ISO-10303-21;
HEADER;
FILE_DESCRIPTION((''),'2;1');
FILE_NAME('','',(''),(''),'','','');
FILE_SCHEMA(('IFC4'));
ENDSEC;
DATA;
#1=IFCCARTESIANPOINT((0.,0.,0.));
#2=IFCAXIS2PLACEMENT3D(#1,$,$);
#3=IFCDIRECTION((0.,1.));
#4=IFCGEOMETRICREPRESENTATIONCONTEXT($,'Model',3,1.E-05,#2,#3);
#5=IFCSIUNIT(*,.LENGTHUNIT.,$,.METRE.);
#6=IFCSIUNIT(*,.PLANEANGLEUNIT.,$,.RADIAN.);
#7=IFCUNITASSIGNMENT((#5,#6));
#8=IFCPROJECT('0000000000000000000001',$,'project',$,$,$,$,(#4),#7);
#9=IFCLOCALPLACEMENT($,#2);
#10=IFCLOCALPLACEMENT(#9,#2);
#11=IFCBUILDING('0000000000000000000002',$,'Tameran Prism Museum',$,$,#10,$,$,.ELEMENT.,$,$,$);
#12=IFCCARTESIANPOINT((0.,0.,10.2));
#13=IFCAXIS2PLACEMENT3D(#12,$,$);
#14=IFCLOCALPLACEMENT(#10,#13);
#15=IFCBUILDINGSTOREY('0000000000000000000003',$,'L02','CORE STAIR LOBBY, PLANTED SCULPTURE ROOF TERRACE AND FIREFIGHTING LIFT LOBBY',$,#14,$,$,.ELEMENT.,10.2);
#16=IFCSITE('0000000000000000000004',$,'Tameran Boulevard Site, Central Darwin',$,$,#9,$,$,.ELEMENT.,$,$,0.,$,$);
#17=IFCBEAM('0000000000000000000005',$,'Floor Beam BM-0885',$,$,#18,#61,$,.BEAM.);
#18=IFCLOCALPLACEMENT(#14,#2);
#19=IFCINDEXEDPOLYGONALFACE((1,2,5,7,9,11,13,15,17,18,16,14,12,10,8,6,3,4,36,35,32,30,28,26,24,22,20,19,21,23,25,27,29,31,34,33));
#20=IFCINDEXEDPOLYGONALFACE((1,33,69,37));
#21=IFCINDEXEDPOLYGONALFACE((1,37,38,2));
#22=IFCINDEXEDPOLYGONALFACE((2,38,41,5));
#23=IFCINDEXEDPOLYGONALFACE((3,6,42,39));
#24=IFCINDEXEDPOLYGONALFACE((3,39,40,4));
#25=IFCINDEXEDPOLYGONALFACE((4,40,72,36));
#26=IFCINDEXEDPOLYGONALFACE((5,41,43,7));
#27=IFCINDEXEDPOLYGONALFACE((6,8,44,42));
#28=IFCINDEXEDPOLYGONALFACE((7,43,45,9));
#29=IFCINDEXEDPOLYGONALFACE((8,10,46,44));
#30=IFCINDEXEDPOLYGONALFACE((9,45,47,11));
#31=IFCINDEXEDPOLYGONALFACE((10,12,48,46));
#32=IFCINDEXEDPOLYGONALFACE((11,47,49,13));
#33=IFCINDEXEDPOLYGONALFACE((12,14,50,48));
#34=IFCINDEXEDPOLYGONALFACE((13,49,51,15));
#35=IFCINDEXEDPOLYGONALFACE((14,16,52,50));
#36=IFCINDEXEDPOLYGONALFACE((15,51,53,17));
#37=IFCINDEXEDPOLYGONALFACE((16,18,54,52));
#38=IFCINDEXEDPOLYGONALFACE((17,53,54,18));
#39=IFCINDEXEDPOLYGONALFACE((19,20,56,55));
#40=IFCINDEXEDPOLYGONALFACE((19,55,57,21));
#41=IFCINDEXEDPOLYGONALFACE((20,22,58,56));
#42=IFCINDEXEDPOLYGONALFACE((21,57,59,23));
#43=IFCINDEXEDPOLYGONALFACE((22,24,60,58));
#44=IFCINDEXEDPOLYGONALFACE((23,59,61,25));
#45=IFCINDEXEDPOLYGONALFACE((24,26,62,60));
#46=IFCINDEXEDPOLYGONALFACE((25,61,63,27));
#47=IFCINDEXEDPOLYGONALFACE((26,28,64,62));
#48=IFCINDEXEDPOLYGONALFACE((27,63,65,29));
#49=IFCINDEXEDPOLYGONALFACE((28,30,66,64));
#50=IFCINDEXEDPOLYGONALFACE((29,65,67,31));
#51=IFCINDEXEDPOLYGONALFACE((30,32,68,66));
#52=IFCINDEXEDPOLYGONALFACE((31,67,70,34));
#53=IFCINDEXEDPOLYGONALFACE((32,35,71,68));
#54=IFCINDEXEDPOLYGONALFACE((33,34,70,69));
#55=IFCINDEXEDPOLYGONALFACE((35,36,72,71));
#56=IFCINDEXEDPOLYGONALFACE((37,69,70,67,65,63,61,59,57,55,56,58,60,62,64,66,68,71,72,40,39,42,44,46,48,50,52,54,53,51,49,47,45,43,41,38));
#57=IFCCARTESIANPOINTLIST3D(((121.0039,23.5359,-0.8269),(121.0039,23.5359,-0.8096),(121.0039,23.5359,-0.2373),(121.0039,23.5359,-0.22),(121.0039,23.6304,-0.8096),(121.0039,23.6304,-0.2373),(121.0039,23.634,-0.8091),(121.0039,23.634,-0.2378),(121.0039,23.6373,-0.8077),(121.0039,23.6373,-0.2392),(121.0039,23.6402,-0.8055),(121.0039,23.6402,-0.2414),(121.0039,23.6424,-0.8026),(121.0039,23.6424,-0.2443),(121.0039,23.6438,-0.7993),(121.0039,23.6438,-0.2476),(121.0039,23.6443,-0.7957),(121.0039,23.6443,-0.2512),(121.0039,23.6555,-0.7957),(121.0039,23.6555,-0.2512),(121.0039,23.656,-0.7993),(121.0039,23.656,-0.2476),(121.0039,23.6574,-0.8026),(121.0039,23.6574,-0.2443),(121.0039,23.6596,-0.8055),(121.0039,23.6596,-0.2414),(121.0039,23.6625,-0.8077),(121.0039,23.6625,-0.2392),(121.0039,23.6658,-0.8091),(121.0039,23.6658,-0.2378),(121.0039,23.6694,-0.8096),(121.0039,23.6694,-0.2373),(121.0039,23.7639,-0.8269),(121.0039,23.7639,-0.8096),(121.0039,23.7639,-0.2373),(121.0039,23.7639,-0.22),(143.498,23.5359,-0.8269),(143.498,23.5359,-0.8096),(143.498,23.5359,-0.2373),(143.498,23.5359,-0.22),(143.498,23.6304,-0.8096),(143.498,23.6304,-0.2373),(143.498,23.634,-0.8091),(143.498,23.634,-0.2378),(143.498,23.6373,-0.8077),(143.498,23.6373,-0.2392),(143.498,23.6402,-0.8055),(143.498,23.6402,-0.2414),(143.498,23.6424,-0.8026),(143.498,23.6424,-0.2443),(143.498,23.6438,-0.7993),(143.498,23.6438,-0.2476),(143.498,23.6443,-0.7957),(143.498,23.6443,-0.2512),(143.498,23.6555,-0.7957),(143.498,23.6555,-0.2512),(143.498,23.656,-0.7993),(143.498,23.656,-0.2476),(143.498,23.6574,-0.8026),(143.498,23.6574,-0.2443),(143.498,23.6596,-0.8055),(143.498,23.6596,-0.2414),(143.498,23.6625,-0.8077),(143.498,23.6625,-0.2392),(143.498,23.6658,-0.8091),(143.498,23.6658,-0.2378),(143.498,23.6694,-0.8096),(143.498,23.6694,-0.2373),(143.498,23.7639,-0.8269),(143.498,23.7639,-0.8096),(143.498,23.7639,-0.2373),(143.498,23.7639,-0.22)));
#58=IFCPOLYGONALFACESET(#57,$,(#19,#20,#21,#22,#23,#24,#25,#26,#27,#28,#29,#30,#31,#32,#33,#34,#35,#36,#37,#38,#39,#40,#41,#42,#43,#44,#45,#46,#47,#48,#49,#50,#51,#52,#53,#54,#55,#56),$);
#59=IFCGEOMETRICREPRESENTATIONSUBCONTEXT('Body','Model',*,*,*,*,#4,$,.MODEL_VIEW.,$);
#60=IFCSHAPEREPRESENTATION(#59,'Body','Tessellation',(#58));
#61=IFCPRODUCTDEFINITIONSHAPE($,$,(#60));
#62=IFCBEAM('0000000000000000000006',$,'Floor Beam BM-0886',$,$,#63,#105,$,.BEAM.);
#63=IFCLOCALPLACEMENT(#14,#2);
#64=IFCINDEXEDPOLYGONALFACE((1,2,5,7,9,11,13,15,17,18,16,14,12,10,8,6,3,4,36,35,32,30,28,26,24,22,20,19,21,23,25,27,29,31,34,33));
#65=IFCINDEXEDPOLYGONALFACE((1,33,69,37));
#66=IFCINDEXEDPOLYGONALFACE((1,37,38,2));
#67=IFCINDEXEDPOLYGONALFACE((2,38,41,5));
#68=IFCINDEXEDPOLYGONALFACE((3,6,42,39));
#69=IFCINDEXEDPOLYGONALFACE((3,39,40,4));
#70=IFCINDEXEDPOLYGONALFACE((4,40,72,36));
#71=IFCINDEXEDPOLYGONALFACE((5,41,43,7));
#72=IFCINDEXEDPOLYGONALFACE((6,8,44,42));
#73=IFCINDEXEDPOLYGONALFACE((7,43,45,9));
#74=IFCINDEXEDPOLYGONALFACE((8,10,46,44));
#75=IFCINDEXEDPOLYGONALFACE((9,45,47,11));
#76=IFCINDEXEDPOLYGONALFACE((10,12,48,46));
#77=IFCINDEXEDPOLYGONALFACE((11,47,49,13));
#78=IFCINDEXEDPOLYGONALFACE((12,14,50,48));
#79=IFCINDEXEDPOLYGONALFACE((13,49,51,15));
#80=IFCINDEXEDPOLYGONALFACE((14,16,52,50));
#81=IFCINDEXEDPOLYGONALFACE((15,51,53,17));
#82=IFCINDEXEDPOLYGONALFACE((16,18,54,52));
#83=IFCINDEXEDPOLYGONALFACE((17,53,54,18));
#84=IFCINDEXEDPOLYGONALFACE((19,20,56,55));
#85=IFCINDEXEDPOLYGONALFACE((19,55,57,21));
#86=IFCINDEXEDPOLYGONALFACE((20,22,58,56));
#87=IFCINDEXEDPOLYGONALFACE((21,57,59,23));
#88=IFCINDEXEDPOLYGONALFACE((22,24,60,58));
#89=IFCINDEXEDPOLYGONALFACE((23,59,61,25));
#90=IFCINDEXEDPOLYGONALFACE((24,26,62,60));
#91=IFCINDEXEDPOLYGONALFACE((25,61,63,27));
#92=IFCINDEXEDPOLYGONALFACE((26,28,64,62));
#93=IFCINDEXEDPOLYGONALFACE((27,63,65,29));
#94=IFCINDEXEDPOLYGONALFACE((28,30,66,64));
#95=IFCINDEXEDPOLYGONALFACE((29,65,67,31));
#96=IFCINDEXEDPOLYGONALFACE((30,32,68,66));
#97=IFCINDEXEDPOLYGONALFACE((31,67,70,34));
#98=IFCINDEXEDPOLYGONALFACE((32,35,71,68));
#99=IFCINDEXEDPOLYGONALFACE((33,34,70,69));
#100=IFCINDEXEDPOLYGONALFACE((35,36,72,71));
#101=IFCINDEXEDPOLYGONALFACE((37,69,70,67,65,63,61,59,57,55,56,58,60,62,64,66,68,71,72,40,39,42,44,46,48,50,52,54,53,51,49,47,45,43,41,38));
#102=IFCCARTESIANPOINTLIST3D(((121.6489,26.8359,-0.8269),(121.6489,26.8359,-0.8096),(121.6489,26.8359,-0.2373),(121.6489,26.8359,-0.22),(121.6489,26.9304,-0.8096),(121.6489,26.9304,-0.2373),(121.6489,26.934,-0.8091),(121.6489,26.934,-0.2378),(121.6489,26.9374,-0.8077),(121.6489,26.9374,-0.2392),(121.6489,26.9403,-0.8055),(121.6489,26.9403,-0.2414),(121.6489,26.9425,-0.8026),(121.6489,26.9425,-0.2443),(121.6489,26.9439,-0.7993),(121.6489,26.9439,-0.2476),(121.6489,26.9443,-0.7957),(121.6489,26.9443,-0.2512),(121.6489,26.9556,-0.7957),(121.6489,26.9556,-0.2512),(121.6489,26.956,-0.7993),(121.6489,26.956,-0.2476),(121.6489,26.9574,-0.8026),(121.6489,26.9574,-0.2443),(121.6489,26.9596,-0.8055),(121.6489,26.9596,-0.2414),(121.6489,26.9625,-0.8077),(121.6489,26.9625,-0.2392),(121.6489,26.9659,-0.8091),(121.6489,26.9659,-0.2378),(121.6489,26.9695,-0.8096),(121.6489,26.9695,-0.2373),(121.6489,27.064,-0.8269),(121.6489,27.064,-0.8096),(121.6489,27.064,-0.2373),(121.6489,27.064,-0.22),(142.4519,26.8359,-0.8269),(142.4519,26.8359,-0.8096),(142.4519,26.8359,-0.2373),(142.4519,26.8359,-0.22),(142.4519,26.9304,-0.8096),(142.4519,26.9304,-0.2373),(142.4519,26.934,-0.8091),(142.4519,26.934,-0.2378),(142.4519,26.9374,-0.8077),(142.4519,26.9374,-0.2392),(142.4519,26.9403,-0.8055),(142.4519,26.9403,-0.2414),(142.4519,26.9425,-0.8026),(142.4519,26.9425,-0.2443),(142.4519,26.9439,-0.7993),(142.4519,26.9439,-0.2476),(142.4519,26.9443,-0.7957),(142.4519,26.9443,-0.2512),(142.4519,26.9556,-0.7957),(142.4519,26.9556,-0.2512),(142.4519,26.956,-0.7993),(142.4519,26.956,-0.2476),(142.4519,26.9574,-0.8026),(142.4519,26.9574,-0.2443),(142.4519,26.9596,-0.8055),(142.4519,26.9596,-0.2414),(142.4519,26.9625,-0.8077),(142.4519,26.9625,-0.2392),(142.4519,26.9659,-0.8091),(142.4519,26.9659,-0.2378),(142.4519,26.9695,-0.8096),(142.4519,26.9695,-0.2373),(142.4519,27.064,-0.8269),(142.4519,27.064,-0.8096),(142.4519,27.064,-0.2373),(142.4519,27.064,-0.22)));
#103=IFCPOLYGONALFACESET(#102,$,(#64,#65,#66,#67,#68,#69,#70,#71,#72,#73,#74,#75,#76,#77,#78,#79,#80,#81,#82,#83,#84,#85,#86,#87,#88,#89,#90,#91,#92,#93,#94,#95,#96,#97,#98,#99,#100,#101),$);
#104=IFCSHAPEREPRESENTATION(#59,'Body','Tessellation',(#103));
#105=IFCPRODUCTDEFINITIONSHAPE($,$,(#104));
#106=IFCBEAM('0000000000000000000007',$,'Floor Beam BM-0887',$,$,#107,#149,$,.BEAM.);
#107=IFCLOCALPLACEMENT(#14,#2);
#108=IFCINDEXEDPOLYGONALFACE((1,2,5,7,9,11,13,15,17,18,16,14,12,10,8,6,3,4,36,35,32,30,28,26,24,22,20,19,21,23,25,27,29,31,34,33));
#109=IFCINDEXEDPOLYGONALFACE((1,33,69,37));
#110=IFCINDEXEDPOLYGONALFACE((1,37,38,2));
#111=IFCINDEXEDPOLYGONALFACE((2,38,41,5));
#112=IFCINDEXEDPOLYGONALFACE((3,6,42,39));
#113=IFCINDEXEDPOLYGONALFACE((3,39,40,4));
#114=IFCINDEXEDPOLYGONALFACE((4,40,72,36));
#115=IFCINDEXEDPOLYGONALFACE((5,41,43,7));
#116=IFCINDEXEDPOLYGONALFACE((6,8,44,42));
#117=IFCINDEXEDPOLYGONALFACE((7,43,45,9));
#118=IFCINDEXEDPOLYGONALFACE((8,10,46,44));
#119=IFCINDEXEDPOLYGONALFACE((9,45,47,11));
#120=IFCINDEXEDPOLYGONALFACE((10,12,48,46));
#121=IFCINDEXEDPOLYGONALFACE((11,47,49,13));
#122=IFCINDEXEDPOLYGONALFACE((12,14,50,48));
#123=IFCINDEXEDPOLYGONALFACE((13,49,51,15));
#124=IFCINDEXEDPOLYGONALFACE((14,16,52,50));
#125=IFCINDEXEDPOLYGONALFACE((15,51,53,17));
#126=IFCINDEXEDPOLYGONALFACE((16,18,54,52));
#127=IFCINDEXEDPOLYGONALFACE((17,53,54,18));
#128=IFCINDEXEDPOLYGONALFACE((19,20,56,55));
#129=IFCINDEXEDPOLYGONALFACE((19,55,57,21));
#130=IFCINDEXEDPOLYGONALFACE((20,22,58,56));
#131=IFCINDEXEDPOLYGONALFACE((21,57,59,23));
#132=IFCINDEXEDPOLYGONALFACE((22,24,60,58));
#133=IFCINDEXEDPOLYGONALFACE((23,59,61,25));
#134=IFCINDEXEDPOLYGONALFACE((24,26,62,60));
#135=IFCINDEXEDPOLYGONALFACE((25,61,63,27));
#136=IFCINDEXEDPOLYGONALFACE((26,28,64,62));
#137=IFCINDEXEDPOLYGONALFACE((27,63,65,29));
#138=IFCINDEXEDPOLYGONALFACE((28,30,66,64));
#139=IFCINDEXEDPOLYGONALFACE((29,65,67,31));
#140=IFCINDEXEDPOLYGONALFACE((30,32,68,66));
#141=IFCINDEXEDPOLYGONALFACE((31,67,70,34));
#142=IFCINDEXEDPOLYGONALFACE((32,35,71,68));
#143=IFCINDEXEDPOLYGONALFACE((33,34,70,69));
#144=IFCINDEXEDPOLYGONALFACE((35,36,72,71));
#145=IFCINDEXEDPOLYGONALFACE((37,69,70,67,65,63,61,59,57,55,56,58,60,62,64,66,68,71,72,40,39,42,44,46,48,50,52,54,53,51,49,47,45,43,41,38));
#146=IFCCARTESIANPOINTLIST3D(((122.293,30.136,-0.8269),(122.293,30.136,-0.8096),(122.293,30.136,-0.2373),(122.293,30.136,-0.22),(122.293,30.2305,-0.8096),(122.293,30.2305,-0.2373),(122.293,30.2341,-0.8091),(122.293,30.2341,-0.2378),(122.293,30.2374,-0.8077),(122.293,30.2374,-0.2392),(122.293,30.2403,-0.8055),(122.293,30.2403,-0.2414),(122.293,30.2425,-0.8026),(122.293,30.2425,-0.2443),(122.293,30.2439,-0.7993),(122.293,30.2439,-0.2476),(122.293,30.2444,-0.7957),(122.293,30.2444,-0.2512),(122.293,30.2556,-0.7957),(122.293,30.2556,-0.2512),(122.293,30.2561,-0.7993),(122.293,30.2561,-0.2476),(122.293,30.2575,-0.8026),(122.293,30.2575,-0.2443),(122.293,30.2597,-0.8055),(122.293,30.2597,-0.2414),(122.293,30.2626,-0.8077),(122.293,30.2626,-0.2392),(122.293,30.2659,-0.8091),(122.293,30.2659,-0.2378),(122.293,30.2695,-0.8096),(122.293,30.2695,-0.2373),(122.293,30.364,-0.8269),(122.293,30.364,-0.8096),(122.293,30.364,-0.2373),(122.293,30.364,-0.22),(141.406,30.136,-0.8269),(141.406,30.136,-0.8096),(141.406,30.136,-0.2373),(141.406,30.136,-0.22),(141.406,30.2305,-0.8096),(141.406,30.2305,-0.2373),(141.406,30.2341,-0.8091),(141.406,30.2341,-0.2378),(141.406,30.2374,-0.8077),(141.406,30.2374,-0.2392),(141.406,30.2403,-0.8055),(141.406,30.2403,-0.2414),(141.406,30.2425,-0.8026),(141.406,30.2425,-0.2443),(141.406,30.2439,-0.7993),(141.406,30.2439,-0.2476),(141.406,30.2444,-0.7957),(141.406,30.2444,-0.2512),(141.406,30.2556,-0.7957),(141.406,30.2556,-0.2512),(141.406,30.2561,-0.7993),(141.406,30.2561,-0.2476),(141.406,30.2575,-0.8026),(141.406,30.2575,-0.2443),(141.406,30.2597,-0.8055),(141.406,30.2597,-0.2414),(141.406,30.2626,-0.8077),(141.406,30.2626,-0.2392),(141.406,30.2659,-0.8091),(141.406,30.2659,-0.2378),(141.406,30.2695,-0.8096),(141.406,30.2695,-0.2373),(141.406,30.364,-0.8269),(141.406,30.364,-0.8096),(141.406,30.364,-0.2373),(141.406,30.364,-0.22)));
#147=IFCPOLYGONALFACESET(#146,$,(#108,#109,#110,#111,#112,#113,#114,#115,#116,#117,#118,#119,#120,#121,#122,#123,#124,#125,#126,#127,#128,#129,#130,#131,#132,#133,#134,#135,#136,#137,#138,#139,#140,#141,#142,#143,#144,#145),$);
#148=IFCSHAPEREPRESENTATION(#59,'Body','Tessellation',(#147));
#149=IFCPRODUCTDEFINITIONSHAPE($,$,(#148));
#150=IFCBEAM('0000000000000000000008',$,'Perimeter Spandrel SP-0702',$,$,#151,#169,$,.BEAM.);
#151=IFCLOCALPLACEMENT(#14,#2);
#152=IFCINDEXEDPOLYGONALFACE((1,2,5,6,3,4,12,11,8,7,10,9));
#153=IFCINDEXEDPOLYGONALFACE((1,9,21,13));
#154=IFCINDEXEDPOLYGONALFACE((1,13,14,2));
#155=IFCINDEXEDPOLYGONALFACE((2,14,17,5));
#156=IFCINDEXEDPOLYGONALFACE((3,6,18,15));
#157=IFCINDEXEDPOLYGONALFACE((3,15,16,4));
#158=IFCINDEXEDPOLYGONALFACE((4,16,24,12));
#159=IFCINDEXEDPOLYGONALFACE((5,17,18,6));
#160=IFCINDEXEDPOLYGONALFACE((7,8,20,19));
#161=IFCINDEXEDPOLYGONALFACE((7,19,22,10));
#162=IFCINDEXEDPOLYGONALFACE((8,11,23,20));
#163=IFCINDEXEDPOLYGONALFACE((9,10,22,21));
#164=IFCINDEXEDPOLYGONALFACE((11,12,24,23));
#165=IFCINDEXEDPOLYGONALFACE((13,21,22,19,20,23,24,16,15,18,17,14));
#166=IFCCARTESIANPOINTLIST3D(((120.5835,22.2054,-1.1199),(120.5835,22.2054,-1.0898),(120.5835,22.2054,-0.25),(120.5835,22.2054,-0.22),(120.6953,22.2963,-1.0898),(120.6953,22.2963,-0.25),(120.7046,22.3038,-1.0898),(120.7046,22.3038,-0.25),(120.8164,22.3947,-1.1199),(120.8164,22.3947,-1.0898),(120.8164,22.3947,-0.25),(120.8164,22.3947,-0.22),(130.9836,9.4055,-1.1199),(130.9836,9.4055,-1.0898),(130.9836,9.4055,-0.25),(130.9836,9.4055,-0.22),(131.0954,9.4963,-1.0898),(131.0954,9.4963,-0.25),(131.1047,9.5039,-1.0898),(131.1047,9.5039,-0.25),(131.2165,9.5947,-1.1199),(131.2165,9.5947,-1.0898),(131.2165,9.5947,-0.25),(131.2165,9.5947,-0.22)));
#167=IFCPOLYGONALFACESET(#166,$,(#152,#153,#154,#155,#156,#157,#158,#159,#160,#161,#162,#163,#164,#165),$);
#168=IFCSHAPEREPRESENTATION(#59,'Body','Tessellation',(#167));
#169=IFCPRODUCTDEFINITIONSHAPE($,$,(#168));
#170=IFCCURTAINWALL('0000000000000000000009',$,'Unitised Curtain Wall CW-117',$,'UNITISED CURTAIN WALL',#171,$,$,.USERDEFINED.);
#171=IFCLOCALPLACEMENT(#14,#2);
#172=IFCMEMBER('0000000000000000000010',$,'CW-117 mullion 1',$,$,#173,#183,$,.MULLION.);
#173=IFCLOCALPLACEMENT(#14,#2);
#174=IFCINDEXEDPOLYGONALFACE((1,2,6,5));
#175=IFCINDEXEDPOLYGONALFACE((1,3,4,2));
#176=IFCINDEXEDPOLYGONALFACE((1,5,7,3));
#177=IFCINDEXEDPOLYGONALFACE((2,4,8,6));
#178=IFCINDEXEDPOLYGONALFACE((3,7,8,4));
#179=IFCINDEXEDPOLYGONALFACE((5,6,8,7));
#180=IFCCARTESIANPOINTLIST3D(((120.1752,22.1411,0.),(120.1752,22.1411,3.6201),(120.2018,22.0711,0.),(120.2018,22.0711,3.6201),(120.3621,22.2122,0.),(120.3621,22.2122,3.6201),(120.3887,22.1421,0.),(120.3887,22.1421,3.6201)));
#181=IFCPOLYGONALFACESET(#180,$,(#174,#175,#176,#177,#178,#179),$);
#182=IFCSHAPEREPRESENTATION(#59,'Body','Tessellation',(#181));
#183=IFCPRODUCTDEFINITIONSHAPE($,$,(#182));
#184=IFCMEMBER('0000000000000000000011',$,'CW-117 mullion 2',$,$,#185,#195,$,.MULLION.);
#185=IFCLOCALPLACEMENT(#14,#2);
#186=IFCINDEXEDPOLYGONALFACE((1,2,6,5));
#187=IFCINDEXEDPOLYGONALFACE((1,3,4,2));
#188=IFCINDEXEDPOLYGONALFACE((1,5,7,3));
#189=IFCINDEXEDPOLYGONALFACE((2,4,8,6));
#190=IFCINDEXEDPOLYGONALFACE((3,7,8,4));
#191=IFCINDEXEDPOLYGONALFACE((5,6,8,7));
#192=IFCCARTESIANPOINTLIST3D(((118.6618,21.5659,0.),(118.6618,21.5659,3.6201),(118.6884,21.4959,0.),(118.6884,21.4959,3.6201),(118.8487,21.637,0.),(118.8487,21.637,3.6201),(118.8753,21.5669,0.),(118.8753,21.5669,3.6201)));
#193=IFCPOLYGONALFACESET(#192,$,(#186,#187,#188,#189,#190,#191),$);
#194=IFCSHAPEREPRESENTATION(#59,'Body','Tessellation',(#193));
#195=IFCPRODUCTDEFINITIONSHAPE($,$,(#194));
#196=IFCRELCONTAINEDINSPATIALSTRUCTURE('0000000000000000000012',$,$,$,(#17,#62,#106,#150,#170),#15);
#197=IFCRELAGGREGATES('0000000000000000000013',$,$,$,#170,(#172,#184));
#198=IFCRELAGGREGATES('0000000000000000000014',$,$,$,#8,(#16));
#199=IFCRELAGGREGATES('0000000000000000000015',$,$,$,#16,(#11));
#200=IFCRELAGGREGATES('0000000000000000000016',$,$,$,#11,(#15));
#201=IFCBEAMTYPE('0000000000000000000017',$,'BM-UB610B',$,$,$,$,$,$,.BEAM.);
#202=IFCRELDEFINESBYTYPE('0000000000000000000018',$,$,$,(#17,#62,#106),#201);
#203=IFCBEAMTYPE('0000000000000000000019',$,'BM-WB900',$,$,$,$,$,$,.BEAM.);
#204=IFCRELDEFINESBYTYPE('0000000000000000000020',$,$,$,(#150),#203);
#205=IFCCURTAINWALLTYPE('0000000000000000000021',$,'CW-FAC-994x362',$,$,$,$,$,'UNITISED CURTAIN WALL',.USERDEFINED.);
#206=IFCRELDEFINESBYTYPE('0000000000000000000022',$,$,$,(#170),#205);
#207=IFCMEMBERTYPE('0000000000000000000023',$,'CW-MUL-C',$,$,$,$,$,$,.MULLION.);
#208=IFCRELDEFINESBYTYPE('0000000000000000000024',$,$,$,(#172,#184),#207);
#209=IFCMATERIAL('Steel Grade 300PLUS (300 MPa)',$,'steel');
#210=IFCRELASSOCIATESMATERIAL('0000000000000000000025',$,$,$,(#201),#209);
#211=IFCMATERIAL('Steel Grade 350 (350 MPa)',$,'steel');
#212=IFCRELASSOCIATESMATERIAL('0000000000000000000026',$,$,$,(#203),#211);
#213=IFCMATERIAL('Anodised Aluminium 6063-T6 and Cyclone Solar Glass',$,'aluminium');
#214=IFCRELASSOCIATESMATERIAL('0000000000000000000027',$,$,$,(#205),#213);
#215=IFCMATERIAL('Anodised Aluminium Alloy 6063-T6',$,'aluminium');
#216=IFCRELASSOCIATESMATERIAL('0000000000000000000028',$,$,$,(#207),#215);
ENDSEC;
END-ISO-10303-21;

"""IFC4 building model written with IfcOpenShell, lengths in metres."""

from ifc_helpers import new_model, si_unit, direction, frame, origin, origin_2d, place, context, subcontext, project, spatial, rectangle, i_section, extrude, material, material_profile, profile_set, type_object, element, aggregate, save


model = new_model("IFC4")

# Units and contexts
model_context = context("Model", 3, precision=1e-05, world=origin(), true_north=direction((0.0, 1.0)))
body_context = subcontext(model_context, "Body", "Model", "MODEL_VIEW")
ifc_project = project(units=[si_unit("LENGTHUNIT", "METRE"), si_unit("PLANEANGLEUNIT", "RADIAN")], contexts=[model_context])

# Site, building, storey
site_placement = place(None, origin())
site = spatial("IfcSite", under=ifc_project, at=site_placement, Name="Tameran Boulevard Site, Central Darwin", CompositionType="ELEMENT", RefElevation=0.0)
building_placement = place(site_placement, origin())
building = spatial("IfcBuilding", under=site, at=building_placement, Name="Tameran Prism Museum", CompositionType="ELEMENT")
storey_placement = place(building_placement, frame((0.0, 0.0, 10.2)))
storey = spatial("IfcBuildingStorey", under=building, at=storey_placement, Name="L02", Description="CORE STAIR LOBBY, PLANTED SCULPTURE ROOF TERRACE AND FIREFIGHTING LIFT LOBBY", CompositionType="ELEMENT", Elevation=10.2)

# Beams
ifc_material_1 = material(Name="Steel Grade 300PLUS (300 MPa)", Category="steel")
ifc_material_profile_1 = material_profile(ifc_material_1, i_section(OverallWidth=0.228, OverallDepth=0.6069, WebThickness=0.0112, FlangeThickness=0.0173, FilletRadius=0.0139, at=origin_2d()))
ifc_profile_set_1 = profile_set([ifc_material_profile_1])
beam_type_1 = type_object("IfcBeamType", Name="BM-UB610B", PredefinedType="BEAM", material=ifc_profile_set_1)
beam_1_placement = place(storey_placement, frame((121.0039, 23.6499, -0.5234), z_axis=(1.0, 0.0, 0.0), x_axis=(0.0, 1.0, 0.0)))
element("IfcBeam", 1, at=beam_1_placement, inside=storey, type_object=beam_type_1, Name="Floor Beam BM-0885", PredefinedType="BEAM", context=body_context, shape_type="SweptSolid", body=[
    extrude(i_section(OverallWidth=0.228, OverallDepth=0.6069, WebThickness=0.0112, FlangeThickness=0.0173, FilletRadius=0.0139, at=origin_2d()), origin(), (0.0, 0.0, 1.0), 22.4941),
])
beam_2_placement = place(storey_placement, frame((121.6489, 26.95, -0.5234), z_axis=(1.0, 0.0, 0.0), x_axis=(0.0, 1.0, 0.0)))
element("IfcBeam", 2, at=beam_2_placement, inside=storey, type_object=beam_type_1, Name="Floor Beam BM-0886", PredefinedType="BEAM", context=body_context, shape_type="SweptSolid", body=[
    extrude(i_section(OverallWidth=0.228, OverallDepth=0.6069, WebThickness=0.0112, FlangeThickness=0.0173, FilletRadius=0.0139, at=origin_2d()), origin(), (0.0, 0.0, 1.0), 20.803),
])
beam_3_placement = place(storey_placement, frame((122.293, 30.25, -0.5234), z_axis=(1.0, 0.0, 0.0), x_axis=(0.0, 1.0, 0.0)))
element("IfcBeam", 3, at=beam_3_placement, inside=storey, type_object=beam_type_1, Name="Floor Beam BM-0887", PredefinedType="BEAM", context=body_context, shape_type="SweptSolid", body=[
    extrude(i_section(OverallWidth=0.228, OverallDepth=0.6069, WebThickness=0.0112, FlangeThickness=0.0173, FilletRadius=0.0139, at=origin_2d()), origin(), (0.0, 0.0, 1.0), 19.113),
])
ifc_material_2 = material(Name="Steel Grade 350 (350 MPa)", Category="steel")
ifc_material_profile_2 = material_profile(ifc_material_2, i_section(OverallWidth=0.3, OverallDepth=0.8999, WebThickness=0.012, FlangeThickness=0.03, at=origin_2d()))
ifc_profile_set_2 = profile_set([ifc_material_profile_2])
beam_type_2 = type_object("IfcBeamType", Name="BM-WB900", PredefinedType="BEAM", material=ifc_profile_set_2)
beam_4_placement = place(storey_placement, frame((120.7, 22.3, -0.6699), z_axis=(0.630597, -0.776111, 0.0), x_axis=(0.776111, 0.630597, 0.0)))
element("IfcBeam", 4, at=beam_4_placement, inside=storey, type_object=beam_type_2, Name="Perimeter Spandrel SP-0702", PredefinedType="BEAM", context=body_context, shape_type="SweptSolid", body=[
    extrude(i_section(OverallWidth=0.3, OverallDepth=0.8999, WebThickness=0.012, FlangeThickness=0.03, at=origin_2d()), origin(), (0.0, 0.0, 1.0), 16.4924),
])

# Curtain wall, members
ifc_material_3 = material(Name="Anodised Aluminium 6063-T6 and Cyclone Solar Glass", Category="aluminium")
curtain_wall_type = type_object("IfcCurtainWallType", Name="CW-FAC-994x362", ElementType="UNITISED CURTAIN WALL", PredefinedType="USERDEFINED", material=ifc_material_3)
curtain_wall_placement = place(storey_placement, origin())
curtain_wall = element("IfcCurtainWall", 5, at=curtain_wall_placement, inside=storey, type_object=curtain_wall_type, Name="Unitised Curtain Wall CW-117", ObjectType="UNITISED CURTAIN WALL", PredefinedType="USERDEFINED")
ifc_material_4 = material(Name="Anodised Aluminium Alloy 6063-T6", Category="aluminium")
ifc_material_profile_3 = material_profile(ifc_material_4, rectangle(XDim=0.075, YDim=0.2, at=origin_2d()))
ifc_profile_set_3 = profile_set([ifc_material_profile_3])
member_type_1 = type_object("IfcMemberType", Name="CW-MUL-C", PredefinedType="MULLION", material=ifc_profile_set_3)
member_1_placement = place(storey_placement, frame((120.282, 22.1416, 0.0), z_axis=(0.0, 0.0, 1.0), x_axis=(0.355288, -0.934757, 0.0)))
member_1 = element("IfcMember", 6, at=member_1_placement, type_object=member_type_1, Name="CW-117 mullion 1", PredefinedType="MULLION", context=body_context, shape_type="SweptSolid", body=[
    extrude(rectangle(XDim=0.075, YDim=0.2, at=origin_2d()), origin(), (0.0, 0.0, 1.0), 3.6201),
])
member_2_placement = place(storey_placement, frame((118.7686, 21.5664, 0.0), z_axis=(0.0, 0.0, 1.0), x_axis=(0.355288, -0.934757, 0.0)))
member_2 = element("IfcMember", 7, at=member_2_placement, type_object=member_type_1, Name="CW-117 mullion 2", PredefinedType="MULLION", context=body_context, shape_type="SweptSolid", body=[
    extrude(rectangle(XDim=0.075, YDim=0.2, at=origin_2d()), origin(), (0.0, 0.0, 1.0), 3.6201),
])
aggregate(curtain_wall, [member_1, member_2])

save(model, "model.ifc")
